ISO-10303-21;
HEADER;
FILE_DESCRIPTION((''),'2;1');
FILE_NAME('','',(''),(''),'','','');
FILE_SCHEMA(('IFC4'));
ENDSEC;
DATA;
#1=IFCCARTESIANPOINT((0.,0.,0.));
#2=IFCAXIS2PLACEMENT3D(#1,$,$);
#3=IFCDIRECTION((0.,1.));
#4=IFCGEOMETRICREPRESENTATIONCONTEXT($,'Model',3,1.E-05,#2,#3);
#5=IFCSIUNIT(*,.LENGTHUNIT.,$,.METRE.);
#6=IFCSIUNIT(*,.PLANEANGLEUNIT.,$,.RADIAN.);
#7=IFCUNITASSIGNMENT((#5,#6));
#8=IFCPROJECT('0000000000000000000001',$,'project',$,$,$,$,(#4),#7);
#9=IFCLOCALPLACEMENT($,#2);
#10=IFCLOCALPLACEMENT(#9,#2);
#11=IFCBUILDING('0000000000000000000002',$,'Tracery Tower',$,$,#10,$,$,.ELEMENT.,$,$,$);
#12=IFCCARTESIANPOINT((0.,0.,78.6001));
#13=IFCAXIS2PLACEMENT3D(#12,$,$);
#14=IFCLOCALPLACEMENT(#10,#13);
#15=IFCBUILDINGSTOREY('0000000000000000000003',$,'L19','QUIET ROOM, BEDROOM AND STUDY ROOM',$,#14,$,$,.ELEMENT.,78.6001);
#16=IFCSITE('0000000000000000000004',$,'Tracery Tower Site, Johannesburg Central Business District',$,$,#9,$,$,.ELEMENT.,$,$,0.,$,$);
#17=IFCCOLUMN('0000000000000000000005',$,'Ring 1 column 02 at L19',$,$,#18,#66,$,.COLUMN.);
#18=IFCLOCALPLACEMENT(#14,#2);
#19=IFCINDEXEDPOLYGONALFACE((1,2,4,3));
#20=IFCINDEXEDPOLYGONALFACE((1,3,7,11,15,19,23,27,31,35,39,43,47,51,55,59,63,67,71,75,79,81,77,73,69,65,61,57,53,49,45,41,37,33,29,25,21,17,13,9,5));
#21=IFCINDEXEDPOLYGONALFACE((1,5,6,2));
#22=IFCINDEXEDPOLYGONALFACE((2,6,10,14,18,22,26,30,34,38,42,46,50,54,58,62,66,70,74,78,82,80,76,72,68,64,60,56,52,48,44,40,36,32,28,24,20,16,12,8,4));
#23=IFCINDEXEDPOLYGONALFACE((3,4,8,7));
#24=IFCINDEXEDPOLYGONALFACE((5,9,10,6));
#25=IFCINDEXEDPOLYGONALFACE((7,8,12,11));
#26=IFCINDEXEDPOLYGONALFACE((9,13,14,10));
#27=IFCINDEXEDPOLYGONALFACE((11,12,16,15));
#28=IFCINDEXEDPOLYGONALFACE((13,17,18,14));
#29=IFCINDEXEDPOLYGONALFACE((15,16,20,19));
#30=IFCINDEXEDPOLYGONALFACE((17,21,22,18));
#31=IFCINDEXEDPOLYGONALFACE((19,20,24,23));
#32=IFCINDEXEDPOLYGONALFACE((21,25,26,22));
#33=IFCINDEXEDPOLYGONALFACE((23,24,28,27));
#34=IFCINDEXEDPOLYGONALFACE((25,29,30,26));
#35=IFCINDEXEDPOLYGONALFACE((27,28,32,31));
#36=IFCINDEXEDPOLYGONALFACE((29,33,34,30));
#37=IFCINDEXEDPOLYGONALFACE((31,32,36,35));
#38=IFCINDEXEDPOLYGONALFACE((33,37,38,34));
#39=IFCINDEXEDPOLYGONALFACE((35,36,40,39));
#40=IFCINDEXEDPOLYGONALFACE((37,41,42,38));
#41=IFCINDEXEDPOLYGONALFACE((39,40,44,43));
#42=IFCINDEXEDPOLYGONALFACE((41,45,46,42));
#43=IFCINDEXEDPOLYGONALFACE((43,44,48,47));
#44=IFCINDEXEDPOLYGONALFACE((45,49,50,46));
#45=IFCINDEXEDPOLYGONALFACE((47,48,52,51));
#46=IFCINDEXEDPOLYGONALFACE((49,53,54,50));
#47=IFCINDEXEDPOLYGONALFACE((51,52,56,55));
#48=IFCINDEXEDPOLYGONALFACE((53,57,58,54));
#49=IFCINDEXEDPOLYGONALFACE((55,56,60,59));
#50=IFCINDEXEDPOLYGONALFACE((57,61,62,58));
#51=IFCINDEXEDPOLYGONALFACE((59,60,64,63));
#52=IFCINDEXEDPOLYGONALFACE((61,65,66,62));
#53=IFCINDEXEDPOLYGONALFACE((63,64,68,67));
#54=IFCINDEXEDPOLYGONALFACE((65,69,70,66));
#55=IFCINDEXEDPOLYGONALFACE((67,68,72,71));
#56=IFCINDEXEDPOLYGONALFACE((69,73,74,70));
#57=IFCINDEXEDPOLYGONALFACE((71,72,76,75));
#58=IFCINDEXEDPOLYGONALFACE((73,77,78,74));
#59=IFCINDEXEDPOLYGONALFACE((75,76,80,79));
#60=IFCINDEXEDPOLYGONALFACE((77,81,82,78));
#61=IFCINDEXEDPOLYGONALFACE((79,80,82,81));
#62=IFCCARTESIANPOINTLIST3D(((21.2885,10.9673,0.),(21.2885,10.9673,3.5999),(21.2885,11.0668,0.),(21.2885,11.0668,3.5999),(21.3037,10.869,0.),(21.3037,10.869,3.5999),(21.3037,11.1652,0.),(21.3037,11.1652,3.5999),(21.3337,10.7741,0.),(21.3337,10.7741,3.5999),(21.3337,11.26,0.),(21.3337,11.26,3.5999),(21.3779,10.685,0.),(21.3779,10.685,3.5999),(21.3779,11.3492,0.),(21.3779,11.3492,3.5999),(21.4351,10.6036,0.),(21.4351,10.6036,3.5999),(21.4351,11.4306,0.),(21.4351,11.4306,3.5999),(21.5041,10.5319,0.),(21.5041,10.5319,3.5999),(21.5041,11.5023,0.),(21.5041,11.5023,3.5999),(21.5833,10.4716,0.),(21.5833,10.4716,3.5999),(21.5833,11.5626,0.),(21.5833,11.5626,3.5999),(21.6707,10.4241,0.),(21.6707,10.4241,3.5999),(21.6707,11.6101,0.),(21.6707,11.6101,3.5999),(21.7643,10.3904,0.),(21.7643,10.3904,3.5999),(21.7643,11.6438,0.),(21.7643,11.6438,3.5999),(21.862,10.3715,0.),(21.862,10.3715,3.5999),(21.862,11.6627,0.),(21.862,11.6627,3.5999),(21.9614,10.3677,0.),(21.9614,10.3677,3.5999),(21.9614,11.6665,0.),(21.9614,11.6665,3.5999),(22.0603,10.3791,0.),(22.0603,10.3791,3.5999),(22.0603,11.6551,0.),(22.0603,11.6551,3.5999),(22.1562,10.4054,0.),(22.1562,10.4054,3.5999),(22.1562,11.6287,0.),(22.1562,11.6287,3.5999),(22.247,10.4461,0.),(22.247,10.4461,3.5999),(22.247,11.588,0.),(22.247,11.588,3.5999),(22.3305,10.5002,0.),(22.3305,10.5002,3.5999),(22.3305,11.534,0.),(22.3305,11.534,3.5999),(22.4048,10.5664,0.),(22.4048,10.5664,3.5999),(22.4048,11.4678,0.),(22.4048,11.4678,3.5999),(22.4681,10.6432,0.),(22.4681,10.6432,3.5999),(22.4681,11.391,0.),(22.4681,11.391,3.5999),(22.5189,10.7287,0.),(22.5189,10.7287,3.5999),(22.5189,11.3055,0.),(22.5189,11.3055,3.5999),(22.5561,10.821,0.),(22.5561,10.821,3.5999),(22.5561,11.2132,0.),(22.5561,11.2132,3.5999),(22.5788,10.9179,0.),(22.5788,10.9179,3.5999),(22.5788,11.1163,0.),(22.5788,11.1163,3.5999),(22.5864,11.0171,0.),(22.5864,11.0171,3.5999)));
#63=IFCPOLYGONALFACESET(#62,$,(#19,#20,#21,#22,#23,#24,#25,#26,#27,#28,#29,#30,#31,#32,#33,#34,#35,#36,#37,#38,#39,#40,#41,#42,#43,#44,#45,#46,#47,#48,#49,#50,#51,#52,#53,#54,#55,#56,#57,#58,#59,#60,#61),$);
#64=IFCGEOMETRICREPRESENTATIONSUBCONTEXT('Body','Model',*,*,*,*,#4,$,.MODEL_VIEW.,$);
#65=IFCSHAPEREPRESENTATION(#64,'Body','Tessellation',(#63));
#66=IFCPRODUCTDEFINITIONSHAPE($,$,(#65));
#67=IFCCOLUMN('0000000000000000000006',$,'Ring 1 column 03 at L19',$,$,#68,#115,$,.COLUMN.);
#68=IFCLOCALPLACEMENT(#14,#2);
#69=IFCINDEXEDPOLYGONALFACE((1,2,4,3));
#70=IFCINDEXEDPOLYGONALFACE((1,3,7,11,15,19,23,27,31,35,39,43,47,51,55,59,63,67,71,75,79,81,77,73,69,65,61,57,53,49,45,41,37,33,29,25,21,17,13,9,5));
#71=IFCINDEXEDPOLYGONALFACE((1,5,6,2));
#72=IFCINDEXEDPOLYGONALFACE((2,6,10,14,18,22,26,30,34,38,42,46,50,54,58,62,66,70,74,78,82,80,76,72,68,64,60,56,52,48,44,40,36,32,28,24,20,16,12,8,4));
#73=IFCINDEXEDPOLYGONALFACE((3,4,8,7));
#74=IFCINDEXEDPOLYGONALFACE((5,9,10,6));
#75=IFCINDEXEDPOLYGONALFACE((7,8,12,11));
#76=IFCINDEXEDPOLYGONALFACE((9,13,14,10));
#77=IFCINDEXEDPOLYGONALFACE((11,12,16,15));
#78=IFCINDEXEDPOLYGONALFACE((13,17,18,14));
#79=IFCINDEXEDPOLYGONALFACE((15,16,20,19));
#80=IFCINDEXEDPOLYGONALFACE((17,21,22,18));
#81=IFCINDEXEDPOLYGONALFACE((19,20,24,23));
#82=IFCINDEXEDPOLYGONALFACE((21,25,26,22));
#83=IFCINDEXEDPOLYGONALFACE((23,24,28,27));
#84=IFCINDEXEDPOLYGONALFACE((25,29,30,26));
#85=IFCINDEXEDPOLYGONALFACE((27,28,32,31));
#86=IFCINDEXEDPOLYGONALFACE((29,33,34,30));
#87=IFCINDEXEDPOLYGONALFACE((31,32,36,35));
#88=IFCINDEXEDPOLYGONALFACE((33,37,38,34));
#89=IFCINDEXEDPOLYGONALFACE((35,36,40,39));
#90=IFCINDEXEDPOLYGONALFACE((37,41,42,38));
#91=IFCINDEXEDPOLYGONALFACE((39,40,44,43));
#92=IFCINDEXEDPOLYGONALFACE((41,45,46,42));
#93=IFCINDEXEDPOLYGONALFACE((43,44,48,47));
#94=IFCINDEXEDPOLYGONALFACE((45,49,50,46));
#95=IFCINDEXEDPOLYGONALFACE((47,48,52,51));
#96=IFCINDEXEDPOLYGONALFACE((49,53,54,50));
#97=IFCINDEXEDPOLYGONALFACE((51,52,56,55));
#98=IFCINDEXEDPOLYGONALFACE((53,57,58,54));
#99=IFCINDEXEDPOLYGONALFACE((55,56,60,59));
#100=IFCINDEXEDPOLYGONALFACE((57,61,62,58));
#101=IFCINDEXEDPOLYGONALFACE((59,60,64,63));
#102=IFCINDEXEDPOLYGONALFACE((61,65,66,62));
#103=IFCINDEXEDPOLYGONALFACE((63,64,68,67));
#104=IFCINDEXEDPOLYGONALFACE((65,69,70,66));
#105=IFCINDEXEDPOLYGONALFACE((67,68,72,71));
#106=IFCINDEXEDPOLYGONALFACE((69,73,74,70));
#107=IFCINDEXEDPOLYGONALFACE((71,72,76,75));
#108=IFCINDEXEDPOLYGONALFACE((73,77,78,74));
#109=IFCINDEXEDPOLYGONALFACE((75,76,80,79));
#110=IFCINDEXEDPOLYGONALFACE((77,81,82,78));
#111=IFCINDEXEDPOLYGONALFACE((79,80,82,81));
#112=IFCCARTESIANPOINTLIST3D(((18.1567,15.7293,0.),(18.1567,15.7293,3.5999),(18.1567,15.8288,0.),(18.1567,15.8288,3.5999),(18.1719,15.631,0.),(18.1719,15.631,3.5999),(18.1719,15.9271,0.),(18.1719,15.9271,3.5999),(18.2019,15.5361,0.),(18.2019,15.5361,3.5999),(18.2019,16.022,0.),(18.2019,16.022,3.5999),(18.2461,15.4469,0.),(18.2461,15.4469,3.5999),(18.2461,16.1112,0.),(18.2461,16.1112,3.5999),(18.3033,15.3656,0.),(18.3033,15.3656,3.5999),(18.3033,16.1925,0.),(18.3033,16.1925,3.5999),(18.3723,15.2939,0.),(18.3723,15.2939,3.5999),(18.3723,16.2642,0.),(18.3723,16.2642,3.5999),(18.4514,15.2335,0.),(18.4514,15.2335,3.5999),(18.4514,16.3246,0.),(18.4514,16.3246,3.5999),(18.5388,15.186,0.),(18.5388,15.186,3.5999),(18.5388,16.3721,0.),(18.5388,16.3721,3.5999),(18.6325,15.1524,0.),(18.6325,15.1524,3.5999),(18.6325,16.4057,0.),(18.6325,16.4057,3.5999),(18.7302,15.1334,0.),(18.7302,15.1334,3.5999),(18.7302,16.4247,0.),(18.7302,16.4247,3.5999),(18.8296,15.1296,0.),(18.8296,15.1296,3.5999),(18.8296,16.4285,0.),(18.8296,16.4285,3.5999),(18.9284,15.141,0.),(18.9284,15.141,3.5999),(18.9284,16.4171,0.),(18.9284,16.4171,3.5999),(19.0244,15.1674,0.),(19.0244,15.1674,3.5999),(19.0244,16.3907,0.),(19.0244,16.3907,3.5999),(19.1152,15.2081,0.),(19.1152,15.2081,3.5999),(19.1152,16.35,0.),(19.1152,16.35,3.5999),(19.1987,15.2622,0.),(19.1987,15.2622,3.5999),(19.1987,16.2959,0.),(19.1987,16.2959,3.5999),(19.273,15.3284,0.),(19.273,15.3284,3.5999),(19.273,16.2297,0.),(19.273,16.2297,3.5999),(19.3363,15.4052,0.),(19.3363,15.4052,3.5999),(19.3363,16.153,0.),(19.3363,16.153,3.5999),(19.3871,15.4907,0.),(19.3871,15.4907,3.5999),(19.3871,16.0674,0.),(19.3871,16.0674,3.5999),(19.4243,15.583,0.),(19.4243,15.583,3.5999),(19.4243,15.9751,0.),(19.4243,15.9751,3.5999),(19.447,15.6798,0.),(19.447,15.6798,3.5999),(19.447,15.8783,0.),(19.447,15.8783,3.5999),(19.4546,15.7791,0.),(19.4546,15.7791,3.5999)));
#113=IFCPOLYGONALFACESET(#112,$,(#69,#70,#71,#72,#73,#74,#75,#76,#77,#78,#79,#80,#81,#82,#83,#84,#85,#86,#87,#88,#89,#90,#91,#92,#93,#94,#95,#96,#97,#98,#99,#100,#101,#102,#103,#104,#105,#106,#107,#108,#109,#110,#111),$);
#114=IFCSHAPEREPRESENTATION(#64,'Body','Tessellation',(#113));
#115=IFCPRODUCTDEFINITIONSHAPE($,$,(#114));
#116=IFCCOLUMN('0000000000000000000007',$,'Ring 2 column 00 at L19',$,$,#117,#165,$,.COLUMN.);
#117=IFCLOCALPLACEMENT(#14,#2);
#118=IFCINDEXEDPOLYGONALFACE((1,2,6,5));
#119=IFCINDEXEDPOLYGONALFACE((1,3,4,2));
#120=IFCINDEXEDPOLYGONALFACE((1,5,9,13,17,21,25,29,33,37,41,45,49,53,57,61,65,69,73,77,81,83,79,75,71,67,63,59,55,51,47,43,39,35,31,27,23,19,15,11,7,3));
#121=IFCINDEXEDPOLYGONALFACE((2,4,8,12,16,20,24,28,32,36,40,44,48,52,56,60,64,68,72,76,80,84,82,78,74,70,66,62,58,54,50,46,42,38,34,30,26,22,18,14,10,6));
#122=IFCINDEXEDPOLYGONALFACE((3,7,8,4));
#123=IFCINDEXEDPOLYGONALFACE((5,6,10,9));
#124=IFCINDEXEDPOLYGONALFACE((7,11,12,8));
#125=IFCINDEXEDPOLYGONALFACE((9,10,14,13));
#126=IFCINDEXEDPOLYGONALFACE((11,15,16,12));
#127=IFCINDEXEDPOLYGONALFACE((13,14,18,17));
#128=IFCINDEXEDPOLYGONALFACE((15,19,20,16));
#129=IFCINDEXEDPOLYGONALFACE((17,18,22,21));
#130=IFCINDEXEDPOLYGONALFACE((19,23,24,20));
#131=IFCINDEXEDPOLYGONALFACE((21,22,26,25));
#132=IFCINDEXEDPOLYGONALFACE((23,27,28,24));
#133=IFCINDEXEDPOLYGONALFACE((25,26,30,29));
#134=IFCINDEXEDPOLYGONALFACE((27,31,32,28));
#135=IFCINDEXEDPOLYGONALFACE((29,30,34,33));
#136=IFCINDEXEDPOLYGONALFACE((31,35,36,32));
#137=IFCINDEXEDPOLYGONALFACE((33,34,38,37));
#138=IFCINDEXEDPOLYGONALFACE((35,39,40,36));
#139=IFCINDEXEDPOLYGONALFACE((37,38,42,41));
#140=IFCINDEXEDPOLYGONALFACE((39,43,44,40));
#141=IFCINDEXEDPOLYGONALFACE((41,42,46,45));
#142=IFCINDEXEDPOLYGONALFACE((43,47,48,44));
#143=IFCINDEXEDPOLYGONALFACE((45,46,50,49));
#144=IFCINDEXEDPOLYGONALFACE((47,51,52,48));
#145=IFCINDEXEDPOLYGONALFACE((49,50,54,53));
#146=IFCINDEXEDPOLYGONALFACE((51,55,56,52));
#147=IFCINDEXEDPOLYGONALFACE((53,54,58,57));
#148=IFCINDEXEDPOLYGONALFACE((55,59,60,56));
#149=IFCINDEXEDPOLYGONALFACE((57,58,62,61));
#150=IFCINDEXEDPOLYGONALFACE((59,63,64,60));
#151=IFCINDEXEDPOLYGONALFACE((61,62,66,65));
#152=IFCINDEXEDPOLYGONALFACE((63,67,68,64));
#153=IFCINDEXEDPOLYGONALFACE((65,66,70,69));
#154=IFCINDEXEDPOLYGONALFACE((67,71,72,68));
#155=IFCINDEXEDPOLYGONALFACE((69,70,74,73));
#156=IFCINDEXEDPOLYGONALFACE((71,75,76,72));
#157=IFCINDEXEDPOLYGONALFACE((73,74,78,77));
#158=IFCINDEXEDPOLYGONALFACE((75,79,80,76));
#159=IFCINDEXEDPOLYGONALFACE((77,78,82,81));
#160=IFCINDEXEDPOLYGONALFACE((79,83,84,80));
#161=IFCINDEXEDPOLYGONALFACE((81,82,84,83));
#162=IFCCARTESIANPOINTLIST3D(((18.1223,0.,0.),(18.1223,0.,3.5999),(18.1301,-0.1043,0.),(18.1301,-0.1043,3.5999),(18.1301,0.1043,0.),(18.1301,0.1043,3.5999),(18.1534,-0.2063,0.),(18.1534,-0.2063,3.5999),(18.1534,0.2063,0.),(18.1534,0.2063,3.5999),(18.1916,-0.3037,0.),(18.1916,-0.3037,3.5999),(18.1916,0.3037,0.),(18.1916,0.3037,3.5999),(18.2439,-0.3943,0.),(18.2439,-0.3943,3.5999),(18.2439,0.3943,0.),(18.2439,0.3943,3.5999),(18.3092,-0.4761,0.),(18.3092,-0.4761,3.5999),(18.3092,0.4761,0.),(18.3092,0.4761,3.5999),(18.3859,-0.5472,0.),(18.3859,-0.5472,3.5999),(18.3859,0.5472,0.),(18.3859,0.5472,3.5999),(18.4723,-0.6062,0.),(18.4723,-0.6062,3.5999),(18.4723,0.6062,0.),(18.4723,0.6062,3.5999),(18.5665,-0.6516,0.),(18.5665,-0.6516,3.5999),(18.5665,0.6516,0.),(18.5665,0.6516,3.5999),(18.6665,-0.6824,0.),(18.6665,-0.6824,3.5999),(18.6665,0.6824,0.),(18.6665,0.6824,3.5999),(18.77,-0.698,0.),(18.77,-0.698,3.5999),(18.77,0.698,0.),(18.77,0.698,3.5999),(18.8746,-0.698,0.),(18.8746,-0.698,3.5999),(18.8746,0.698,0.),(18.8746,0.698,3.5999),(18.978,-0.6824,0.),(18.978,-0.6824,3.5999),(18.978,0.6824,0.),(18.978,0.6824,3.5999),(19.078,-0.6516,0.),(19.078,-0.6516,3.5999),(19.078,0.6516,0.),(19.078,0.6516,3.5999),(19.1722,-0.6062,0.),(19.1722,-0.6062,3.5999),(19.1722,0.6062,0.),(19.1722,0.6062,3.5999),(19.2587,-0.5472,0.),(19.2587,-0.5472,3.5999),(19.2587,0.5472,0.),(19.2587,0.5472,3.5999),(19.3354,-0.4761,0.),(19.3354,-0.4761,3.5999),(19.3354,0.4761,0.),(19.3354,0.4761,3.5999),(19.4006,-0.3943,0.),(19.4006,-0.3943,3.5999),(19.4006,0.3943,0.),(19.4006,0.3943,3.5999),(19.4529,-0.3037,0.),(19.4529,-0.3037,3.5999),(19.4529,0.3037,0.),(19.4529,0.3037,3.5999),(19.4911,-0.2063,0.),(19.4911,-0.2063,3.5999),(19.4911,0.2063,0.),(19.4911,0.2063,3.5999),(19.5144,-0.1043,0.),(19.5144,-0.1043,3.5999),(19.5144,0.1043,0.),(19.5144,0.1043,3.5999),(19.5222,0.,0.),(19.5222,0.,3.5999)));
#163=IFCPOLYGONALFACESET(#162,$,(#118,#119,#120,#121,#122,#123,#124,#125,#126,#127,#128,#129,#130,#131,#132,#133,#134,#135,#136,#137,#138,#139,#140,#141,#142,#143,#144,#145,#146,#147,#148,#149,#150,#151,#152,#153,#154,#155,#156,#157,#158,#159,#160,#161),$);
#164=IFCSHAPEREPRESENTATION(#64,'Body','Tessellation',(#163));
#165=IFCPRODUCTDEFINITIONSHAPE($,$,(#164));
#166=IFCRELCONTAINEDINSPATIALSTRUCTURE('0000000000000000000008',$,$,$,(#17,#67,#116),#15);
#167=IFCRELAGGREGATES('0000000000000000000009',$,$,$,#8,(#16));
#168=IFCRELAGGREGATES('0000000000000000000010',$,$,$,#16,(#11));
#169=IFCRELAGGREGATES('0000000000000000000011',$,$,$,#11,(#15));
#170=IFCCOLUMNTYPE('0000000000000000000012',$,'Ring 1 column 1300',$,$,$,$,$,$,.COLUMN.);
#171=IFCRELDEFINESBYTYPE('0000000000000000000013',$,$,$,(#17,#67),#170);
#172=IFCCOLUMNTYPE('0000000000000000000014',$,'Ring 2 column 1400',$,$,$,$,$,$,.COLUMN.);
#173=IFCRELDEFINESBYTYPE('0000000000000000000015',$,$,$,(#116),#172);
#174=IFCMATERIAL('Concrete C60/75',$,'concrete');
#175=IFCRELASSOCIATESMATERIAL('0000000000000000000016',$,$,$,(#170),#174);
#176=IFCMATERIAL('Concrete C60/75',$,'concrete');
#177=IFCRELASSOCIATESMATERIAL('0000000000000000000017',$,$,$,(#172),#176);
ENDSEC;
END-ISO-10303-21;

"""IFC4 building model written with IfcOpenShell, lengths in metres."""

from ifc_helpers import new_model, si_unit, direction, frame, origin, origin_2d, place, context, subcontext, project, spatial, circle, extrude, material, material_profile, profile_set, type_object, element, save


model = new_model("IFC4")

# Units and contexts
model_context = context("Model", 3, precision=1e-05, world=origin(), true_north=direction((0.0, 1.0)))
body_context = subcontext(model_context, "Body", "Model", "MODEL_VIEW")
ifc_project = project(units=[si_unit("LENGTHUNIT", "METRE"), si_unit("PLANEANGLEUNIT", "RADIAN")], contexts=[model_context])

# Site, building, storey
site_placement = place(None, origin())
site = spatial("IfcSite", under=ifc_project, at=site_placement, Name="Tracery Tower Site, Johannesburg Central Business District", CompositionType="ELEMENT", RefElevation=0.0)
building_placement = place(site_placement, origin())
building = spatial("IfcBuilding", under=site, at=building_placement, Name="Tracery Tower", CompositionType="ELEMENT")
storey_placement = place(building_placement, frame((0.0, 0.0, 78.6001)))
storey = spatial("IfcBuildingStorey", under=building, at=storey_placement, Name="L19", Description="QUIET ROOM, BEDROOM AND STUDY ROOM", CompositionType="ELEMENT", Elevation=78.6001)

# Columns
ifc_material_1 = material(Name="Concrete C60/75", Category="concrete")
ifc_material_profile_1 = material_profile(ifc_material_1, circle(Radius=0.6499, at=origin_2d()), Name="RC D1300")
ifc_profile_set_1 = profile_set([ifc_material_profile_1], Name="Concrete C60/75")
column_type_1 = type_object("IfcColumnType", Name="Ring 1 column 1300", PredefinedType="COLUMN", material=ifc_profile_set_1)
for number, where, z_axis, x_axis, name in (
    (1, (21.9365, 11.0171, 0.0), (0.0, 0.0, 1.0), (1.0, 0.0, 0.0), "Ring 1 column 02 at L19"),
    (2, (18.8047, 15.7791, 0.0), (0.0, 0.0, 1.0), (1.0, 0.0, 0.0), "Ring 1 column 03 at L19"),
):
    element("IfcColumn", number, at=place(storey_placement, frame(where, z_axis=z_axis, x_axis=x_axis)), inside=storey, type_object=column_type_1, Name=name, PredefinedType="COLUMN", context=body_context, shape_type="SweptSolid", body=[
        extrude(circle(Radius=0.6499, at=origin_2d()), origin(), (0.0, 0.0, 1.0), 3.5999),
    ])
ifc_material_2 = material(Name="Concrete C60/75", Category="concrete")
ifc_material_profile_2 = material_profile(ifc_material_2, circle(Radius=0.7, at=origin_2d()), Name="RC D1400")
ifc_profile_set_2 = profile_set([ifc_material_profile_2], Name="Concrete C60/75")
column_type_2 = type_object("IfcColumnType", Name="Ring 2 column 1400", PredefinedType="COLUMN", material=ifc_profile_set_2)
for number, where, z_axis, x_axis, name in (
    (3, (18.8223, 0.0, 0.0), (0.0, 0.0, 1.0), (1.0, 0.0, 0.0), "Ring 2 column 00 at L19"),
):
    element("IfcColumn", number, at=place(storey_placement, frame(where, z_axis=z_axis, x_axis=x_axis)), inside=storey, type_object=column_type_2, Name=name, PredefinedType="COLUMN", context=body_context, shape_type="SweptSolid", body=[
        extrude(circle(Radius=0.7, at=origin_2d()), origin(), (0.0, 0.0, 1.0), 3.5999),
    ])

save(model, "model.ifc")
